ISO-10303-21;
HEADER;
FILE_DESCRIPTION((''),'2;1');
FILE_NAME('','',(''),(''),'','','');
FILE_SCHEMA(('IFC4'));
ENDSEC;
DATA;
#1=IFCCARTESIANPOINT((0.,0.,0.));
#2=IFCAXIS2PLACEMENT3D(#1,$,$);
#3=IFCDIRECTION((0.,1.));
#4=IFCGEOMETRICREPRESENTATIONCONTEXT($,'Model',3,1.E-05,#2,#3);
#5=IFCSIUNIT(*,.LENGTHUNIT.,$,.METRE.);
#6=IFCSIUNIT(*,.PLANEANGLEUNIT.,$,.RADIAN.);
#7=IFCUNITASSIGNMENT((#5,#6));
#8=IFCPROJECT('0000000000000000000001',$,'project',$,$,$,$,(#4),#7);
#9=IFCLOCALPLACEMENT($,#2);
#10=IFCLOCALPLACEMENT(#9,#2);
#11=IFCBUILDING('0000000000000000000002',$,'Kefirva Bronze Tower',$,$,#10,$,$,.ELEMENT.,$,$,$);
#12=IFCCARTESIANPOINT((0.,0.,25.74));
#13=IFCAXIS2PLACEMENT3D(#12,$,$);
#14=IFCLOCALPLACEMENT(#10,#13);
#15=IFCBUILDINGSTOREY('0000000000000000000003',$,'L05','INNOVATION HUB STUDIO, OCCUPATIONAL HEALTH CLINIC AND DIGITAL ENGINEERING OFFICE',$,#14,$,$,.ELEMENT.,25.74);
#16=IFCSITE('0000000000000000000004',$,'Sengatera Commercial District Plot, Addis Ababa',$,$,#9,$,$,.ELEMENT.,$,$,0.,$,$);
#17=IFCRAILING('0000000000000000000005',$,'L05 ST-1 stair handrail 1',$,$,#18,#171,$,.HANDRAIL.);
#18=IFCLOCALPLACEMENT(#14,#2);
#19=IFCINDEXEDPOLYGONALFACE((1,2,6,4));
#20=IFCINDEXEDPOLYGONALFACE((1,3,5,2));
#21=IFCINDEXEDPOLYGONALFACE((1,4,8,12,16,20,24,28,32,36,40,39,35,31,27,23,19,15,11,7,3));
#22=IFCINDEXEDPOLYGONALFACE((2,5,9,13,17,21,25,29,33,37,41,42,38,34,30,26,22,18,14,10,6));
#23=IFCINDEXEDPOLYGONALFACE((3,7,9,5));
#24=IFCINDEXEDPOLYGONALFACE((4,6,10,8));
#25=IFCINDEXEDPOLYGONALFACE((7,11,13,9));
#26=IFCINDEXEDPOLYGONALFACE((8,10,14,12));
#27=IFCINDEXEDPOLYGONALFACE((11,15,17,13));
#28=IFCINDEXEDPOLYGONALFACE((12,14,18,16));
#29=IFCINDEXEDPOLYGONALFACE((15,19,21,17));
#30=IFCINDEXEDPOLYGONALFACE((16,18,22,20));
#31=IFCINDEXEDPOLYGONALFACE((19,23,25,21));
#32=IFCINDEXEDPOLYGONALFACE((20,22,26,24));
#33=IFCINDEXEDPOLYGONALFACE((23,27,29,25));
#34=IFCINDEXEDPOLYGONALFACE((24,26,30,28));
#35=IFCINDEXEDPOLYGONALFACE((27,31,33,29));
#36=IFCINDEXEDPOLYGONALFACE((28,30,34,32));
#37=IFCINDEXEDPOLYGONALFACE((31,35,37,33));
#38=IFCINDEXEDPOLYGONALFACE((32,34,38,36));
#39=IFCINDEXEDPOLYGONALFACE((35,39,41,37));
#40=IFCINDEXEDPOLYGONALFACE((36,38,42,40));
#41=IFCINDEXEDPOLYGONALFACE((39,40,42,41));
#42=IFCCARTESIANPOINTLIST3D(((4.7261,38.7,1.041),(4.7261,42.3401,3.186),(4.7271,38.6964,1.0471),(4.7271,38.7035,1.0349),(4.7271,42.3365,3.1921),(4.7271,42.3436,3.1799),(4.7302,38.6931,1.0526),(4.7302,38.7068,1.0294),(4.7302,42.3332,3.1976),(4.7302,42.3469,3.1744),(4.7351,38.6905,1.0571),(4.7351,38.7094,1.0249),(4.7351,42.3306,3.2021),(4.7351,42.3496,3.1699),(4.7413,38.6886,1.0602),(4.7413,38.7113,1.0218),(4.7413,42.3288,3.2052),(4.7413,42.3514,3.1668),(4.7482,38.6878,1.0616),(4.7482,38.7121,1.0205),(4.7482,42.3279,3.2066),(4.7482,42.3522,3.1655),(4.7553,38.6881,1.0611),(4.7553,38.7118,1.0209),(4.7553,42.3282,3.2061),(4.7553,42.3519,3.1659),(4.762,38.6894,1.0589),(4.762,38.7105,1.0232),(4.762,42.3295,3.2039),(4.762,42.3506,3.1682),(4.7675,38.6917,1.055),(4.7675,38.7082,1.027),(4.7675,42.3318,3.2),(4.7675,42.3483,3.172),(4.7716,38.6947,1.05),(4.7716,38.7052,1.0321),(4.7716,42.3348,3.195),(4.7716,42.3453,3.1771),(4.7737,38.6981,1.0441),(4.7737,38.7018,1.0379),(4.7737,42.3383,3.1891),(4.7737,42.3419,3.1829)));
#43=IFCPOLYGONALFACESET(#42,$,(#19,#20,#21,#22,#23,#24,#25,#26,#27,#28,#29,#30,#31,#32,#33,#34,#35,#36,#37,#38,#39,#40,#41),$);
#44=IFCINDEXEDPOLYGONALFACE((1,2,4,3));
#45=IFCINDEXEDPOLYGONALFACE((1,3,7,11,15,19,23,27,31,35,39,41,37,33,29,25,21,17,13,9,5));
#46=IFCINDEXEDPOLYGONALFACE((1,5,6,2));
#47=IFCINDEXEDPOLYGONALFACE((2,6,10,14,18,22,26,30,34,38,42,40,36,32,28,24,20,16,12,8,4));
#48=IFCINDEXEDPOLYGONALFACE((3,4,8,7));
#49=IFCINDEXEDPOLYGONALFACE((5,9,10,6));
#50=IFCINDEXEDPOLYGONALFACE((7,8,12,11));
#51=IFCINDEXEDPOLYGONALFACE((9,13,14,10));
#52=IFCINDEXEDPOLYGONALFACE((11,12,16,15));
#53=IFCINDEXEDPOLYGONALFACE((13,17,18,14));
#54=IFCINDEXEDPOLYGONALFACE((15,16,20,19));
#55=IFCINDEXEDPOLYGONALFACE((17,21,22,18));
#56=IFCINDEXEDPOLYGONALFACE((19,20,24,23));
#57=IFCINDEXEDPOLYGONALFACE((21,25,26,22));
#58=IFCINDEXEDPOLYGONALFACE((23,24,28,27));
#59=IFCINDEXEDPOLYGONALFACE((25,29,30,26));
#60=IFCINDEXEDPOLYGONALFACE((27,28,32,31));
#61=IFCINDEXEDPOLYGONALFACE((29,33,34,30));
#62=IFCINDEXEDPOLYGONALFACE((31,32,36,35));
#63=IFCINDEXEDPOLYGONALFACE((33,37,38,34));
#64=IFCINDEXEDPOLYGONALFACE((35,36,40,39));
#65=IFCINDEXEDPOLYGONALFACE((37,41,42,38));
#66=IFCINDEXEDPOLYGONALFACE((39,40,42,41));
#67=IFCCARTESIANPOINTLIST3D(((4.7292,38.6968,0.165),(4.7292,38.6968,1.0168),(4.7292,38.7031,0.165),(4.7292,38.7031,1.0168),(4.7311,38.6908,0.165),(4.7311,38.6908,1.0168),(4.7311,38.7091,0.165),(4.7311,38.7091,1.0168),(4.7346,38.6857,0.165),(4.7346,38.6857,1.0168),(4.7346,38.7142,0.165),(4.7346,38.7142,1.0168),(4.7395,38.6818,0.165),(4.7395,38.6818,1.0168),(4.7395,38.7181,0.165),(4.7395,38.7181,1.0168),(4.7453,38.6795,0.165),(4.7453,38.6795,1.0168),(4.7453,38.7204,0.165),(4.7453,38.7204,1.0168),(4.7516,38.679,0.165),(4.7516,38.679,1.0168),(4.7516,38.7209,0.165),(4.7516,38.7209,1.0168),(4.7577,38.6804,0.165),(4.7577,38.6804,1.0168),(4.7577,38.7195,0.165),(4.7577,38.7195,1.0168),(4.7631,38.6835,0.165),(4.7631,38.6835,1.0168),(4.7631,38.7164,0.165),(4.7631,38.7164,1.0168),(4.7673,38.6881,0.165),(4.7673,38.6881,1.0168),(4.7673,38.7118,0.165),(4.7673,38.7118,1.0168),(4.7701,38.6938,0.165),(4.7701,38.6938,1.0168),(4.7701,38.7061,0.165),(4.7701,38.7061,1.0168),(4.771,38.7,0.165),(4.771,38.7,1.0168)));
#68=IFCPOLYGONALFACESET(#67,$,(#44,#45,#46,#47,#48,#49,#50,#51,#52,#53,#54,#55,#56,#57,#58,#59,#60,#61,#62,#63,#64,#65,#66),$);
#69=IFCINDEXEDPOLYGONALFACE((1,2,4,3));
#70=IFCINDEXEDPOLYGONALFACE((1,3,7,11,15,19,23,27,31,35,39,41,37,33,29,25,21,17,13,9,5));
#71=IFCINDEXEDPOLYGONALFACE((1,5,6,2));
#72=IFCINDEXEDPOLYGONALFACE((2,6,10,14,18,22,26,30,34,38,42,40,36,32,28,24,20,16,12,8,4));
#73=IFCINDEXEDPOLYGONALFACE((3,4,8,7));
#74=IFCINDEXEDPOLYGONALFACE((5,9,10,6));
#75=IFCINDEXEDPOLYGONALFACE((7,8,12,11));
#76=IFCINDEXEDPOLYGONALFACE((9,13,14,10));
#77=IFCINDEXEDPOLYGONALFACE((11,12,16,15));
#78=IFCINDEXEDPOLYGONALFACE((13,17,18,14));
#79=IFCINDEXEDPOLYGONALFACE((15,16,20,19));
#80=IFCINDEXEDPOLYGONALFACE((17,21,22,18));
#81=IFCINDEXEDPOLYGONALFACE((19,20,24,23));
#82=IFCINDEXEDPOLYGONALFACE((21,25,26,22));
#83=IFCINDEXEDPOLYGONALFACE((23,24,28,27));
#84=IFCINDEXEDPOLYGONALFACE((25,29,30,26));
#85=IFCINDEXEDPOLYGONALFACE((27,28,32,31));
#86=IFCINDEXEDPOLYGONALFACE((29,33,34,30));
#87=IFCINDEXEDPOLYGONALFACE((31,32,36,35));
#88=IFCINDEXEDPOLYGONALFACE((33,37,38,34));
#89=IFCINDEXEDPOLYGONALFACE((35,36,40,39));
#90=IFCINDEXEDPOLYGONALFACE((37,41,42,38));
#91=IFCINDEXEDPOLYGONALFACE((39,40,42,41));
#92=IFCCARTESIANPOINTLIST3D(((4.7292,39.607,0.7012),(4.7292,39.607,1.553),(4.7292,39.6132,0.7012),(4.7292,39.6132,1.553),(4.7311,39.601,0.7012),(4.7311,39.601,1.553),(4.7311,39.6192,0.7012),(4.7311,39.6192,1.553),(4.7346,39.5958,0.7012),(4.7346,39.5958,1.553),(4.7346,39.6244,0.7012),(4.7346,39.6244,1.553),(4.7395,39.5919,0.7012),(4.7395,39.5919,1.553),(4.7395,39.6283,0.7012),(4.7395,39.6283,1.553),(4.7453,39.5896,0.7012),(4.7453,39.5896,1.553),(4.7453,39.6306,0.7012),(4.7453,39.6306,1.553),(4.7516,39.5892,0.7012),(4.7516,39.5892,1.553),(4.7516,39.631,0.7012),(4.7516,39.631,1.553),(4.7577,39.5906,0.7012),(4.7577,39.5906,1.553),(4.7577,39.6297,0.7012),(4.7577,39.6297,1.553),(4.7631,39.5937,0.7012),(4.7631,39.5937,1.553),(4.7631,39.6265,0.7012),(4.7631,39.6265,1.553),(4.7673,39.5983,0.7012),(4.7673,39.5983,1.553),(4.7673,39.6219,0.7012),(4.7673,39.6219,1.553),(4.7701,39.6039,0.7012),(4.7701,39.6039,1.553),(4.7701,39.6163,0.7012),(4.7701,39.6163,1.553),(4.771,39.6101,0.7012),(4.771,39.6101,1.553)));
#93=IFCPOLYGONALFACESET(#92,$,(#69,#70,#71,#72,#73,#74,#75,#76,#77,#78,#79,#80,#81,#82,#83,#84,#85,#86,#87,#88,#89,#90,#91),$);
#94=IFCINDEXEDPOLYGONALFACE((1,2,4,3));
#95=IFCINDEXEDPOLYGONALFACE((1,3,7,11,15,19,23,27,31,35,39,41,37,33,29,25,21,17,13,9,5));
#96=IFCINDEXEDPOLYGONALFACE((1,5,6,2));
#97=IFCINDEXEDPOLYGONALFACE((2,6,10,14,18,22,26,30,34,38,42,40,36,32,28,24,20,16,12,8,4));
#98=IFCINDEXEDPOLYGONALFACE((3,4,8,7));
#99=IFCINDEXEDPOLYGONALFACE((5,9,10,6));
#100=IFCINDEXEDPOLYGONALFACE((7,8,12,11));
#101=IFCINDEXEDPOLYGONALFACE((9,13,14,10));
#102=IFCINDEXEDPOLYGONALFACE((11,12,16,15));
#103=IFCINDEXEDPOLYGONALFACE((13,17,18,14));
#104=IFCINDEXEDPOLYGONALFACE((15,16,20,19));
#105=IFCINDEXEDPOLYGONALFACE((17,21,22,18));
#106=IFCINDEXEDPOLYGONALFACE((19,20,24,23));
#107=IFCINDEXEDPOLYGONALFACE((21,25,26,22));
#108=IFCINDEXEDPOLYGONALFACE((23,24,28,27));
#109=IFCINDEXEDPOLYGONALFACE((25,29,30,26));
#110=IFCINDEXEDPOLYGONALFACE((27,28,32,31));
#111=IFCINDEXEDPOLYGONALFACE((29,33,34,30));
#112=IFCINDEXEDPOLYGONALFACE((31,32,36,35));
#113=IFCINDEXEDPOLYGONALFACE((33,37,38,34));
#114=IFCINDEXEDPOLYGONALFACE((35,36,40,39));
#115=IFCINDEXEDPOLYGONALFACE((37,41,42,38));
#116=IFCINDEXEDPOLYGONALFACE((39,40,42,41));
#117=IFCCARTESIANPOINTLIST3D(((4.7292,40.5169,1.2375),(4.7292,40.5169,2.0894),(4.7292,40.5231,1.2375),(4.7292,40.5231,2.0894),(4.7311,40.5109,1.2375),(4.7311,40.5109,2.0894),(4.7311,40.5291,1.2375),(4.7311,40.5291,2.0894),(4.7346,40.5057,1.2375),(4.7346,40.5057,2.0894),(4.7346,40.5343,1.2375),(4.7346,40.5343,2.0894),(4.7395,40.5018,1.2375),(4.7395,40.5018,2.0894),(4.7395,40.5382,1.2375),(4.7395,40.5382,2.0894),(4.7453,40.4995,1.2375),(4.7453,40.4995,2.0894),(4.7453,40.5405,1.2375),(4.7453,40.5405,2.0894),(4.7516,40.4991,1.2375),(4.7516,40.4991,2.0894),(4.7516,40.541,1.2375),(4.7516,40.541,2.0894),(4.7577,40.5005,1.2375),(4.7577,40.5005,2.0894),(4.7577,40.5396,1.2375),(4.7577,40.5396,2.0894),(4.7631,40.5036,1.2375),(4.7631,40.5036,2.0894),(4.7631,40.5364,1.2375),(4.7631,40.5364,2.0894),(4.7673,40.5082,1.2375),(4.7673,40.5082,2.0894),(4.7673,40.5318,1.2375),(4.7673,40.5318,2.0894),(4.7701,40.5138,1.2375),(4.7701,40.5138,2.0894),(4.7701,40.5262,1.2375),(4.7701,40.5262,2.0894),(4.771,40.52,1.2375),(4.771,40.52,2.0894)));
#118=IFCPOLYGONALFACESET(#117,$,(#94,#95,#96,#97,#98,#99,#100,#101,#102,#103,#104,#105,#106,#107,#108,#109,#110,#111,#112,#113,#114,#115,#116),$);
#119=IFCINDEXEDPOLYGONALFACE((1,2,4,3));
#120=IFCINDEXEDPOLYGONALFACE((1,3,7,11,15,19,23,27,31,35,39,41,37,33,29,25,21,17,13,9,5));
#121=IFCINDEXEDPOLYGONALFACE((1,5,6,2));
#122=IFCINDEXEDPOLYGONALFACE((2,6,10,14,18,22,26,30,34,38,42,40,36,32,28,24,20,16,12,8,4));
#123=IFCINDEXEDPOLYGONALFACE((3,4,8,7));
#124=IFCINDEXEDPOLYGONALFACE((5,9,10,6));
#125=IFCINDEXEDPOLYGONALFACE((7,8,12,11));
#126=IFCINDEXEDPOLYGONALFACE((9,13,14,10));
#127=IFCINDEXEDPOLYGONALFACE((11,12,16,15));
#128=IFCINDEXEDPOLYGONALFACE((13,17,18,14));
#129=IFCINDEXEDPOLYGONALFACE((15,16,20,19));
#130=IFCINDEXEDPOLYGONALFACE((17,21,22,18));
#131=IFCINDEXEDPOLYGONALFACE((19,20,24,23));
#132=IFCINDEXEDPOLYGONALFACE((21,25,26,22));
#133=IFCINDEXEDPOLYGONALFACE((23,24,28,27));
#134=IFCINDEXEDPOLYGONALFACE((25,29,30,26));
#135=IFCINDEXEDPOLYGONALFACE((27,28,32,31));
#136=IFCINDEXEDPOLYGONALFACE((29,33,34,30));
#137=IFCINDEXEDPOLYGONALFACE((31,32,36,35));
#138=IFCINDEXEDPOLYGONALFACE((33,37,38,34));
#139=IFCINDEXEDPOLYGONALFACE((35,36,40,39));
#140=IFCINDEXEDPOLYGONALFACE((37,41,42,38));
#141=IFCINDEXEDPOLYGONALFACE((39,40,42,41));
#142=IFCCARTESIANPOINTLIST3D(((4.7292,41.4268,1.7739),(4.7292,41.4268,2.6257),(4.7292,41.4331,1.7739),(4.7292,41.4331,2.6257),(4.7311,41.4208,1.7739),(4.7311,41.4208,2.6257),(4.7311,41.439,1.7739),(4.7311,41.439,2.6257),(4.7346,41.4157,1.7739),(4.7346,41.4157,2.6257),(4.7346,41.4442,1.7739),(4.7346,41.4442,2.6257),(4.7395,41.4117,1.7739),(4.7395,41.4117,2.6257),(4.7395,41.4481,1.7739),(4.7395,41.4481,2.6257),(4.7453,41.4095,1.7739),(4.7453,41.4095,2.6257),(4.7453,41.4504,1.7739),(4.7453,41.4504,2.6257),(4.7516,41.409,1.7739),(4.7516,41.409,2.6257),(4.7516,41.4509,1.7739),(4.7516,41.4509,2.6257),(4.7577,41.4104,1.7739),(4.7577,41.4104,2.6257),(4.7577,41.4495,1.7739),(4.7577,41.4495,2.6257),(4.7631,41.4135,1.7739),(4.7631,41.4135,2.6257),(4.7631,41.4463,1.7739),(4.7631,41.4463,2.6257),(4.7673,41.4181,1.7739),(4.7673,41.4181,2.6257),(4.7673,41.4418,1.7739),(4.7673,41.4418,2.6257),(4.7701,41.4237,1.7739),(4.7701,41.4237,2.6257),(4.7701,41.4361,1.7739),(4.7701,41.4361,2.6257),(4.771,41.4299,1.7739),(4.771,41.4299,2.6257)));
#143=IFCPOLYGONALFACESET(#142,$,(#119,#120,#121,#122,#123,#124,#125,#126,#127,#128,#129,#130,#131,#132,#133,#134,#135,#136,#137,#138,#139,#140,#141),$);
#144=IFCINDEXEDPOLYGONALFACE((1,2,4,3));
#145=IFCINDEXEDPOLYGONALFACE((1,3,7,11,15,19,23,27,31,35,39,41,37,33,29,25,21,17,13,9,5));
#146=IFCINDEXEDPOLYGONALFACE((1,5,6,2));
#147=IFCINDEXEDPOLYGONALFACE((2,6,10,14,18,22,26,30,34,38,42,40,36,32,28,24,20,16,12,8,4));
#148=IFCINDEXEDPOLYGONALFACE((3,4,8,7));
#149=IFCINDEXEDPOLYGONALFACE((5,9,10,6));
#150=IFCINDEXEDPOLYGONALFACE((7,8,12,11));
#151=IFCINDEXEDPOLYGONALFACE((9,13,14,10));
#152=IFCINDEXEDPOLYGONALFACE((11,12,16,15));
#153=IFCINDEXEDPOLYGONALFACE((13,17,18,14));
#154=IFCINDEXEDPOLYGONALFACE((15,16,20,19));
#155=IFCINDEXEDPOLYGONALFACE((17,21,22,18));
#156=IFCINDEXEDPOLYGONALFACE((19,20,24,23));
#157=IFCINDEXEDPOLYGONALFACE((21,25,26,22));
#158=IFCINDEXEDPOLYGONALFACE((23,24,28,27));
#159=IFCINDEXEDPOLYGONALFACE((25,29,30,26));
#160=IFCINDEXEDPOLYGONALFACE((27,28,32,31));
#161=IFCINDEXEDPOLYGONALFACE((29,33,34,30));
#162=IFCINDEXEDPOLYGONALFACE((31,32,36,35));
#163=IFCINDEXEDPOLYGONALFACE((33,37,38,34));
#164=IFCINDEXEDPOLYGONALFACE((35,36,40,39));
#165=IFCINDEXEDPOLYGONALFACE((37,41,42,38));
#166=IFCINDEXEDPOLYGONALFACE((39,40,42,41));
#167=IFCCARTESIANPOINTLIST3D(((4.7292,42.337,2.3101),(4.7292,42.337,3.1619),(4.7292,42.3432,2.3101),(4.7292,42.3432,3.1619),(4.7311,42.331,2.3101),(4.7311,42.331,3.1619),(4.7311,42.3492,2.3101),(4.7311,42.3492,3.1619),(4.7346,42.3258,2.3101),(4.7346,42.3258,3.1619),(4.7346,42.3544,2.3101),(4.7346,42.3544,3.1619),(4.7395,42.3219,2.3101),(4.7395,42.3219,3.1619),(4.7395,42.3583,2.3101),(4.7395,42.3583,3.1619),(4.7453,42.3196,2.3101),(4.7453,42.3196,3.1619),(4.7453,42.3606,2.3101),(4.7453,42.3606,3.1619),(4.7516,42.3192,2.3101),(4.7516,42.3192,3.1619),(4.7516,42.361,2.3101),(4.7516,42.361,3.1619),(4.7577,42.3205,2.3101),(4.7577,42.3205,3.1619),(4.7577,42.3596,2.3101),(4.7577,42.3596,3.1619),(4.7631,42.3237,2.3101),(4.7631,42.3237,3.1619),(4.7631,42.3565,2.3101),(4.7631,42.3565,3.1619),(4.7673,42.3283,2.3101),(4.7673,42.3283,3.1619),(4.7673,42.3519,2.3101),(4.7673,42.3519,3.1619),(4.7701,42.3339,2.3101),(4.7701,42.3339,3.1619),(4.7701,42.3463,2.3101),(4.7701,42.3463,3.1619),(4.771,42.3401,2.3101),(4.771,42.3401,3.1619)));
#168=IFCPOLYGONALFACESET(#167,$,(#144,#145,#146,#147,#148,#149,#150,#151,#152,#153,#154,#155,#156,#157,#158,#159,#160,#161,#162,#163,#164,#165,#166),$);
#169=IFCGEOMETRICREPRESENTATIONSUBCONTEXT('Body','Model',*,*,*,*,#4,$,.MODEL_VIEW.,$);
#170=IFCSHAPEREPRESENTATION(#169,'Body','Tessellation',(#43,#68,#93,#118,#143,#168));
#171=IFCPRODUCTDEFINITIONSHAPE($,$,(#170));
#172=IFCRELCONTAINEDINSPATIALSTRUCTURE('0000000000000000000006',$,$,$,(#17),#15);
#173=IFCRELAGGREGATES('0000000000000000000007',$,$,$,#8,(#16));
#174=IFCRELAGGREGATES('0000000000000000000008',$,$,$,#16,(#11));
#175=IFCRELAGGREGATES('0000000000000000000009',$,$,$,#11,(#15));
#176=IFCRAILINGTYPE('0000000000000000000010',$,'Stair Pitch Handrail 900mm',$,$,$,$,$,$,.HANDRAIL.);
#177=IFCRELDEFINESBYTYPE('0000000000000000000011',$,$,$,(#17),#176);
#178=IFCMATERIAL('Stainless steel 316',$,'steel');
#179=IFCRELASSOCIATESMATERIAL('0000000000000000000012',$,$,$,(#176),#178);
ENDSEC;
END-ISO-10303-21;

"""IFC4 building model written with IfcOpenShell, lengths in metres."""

from ifc_helpers import new_model, si_unit, direction, frame, origin, origin_2d, place, context, subcontext, project, spatial, circle, extrude, material, type_object, element, save


model = new_model("IFC4")

# Units and contexts
model_context = context("Model", 3, precision=1e-05, world=origin(), true_north=direction((0.0, 1.0)))
body_context = subcontext(model_context, "Body", "Model", "MODEL_VIEW")
ifc_project = project(units=[si_unit("LENGTHUNIT", "METRE"), si_unit("PLANEANGLEUNIT", "RADIAN")], contexts=[model_context])

# Site, building, storey
site_placement = place(None, origin())
site = spatial("IfcSite", under=ifc_project, at=site_placement, Name="Sengatera Commercial District Plot, Addis Ababa", CompositionType="ELEMENT", RefElevation=0.0)
building_placement = place(site_placement, origin())
building = spatial("IfcBuilding", under=site, at=building_placement, Name="Kefirva Bronze Tower", CompositionType="ELEMENT")
storey_placement = place(building_placement, frame((0.0, 0.0, 25.74)))
storey = spatial("IfcBuildingStorey", under=building, at=storey_placement, Name="L05", Description="INNOVATION HUB STUDIO, OCCUPATIONAL HEALTH CLINIC AND DIGITAL ENGINEERING OFFICE", CompositionType="ELEMENT", Elevation=25.74)

# Shared definitions
ifc_material_1 = material(Name="Stainless steel 316", Category="steel")

# Railing
railing_type_1 = type_object("IfcRailingType", Name="Stair Pitch Handrail 900mm", PredefinedType="HANDRAIL", material=ifc_material_1)
railing_1_placement = place(storey_placement, frame((4.75, 38.7, 0.165)))
element("IfcRailing", 1, at=railing_1_placement, inside=storey, type_object=railing_type_1, Name="L05 ST-1 stair handrail 1", PredefinedType="HANDRAIL", context=body_context, shape_type="SweptSolid", body=[
    extrude(circle(Radius=0.0239, at=origin_2d()), frame((0.0, 0.0, 0.876), z_axis=(0.0, 0.861545, 0.507682), x_axis=(-1.0, 0.0, 0.0)), (0.0, 0.0, 1.0), 4.2251),
    extrude(circle(Radius=0.021, at=origin_2d()), origin(), (0.0, 0.0, 1.0), 0.8518),
    extrude(circle(Radius=0.021, at=origin_2d()), frame((0.0, 0.9102, 0.5361)), (0.0, 0.0, 1.0), 0.8518),
    extrude(circle(Radius=0.021, at=origin_2d()), frame((0.0, 1.8201, 1.0725)), (0.0, 0.0, 1.0), 0.8518),
    extrude(circle(Radius=0.021, at=origin_2d()), frame((0.0, 2.73, 1.6089)), (0.0, 0.0, 1.0), 0.8518),
    extrude(circle(Radius=0.021, at=origin_2d()), frame((0.0, 3.6401, 2.145)), (0.0, 0.0, 1.0), 0.8518),
])

save(model, "model.ifc")
